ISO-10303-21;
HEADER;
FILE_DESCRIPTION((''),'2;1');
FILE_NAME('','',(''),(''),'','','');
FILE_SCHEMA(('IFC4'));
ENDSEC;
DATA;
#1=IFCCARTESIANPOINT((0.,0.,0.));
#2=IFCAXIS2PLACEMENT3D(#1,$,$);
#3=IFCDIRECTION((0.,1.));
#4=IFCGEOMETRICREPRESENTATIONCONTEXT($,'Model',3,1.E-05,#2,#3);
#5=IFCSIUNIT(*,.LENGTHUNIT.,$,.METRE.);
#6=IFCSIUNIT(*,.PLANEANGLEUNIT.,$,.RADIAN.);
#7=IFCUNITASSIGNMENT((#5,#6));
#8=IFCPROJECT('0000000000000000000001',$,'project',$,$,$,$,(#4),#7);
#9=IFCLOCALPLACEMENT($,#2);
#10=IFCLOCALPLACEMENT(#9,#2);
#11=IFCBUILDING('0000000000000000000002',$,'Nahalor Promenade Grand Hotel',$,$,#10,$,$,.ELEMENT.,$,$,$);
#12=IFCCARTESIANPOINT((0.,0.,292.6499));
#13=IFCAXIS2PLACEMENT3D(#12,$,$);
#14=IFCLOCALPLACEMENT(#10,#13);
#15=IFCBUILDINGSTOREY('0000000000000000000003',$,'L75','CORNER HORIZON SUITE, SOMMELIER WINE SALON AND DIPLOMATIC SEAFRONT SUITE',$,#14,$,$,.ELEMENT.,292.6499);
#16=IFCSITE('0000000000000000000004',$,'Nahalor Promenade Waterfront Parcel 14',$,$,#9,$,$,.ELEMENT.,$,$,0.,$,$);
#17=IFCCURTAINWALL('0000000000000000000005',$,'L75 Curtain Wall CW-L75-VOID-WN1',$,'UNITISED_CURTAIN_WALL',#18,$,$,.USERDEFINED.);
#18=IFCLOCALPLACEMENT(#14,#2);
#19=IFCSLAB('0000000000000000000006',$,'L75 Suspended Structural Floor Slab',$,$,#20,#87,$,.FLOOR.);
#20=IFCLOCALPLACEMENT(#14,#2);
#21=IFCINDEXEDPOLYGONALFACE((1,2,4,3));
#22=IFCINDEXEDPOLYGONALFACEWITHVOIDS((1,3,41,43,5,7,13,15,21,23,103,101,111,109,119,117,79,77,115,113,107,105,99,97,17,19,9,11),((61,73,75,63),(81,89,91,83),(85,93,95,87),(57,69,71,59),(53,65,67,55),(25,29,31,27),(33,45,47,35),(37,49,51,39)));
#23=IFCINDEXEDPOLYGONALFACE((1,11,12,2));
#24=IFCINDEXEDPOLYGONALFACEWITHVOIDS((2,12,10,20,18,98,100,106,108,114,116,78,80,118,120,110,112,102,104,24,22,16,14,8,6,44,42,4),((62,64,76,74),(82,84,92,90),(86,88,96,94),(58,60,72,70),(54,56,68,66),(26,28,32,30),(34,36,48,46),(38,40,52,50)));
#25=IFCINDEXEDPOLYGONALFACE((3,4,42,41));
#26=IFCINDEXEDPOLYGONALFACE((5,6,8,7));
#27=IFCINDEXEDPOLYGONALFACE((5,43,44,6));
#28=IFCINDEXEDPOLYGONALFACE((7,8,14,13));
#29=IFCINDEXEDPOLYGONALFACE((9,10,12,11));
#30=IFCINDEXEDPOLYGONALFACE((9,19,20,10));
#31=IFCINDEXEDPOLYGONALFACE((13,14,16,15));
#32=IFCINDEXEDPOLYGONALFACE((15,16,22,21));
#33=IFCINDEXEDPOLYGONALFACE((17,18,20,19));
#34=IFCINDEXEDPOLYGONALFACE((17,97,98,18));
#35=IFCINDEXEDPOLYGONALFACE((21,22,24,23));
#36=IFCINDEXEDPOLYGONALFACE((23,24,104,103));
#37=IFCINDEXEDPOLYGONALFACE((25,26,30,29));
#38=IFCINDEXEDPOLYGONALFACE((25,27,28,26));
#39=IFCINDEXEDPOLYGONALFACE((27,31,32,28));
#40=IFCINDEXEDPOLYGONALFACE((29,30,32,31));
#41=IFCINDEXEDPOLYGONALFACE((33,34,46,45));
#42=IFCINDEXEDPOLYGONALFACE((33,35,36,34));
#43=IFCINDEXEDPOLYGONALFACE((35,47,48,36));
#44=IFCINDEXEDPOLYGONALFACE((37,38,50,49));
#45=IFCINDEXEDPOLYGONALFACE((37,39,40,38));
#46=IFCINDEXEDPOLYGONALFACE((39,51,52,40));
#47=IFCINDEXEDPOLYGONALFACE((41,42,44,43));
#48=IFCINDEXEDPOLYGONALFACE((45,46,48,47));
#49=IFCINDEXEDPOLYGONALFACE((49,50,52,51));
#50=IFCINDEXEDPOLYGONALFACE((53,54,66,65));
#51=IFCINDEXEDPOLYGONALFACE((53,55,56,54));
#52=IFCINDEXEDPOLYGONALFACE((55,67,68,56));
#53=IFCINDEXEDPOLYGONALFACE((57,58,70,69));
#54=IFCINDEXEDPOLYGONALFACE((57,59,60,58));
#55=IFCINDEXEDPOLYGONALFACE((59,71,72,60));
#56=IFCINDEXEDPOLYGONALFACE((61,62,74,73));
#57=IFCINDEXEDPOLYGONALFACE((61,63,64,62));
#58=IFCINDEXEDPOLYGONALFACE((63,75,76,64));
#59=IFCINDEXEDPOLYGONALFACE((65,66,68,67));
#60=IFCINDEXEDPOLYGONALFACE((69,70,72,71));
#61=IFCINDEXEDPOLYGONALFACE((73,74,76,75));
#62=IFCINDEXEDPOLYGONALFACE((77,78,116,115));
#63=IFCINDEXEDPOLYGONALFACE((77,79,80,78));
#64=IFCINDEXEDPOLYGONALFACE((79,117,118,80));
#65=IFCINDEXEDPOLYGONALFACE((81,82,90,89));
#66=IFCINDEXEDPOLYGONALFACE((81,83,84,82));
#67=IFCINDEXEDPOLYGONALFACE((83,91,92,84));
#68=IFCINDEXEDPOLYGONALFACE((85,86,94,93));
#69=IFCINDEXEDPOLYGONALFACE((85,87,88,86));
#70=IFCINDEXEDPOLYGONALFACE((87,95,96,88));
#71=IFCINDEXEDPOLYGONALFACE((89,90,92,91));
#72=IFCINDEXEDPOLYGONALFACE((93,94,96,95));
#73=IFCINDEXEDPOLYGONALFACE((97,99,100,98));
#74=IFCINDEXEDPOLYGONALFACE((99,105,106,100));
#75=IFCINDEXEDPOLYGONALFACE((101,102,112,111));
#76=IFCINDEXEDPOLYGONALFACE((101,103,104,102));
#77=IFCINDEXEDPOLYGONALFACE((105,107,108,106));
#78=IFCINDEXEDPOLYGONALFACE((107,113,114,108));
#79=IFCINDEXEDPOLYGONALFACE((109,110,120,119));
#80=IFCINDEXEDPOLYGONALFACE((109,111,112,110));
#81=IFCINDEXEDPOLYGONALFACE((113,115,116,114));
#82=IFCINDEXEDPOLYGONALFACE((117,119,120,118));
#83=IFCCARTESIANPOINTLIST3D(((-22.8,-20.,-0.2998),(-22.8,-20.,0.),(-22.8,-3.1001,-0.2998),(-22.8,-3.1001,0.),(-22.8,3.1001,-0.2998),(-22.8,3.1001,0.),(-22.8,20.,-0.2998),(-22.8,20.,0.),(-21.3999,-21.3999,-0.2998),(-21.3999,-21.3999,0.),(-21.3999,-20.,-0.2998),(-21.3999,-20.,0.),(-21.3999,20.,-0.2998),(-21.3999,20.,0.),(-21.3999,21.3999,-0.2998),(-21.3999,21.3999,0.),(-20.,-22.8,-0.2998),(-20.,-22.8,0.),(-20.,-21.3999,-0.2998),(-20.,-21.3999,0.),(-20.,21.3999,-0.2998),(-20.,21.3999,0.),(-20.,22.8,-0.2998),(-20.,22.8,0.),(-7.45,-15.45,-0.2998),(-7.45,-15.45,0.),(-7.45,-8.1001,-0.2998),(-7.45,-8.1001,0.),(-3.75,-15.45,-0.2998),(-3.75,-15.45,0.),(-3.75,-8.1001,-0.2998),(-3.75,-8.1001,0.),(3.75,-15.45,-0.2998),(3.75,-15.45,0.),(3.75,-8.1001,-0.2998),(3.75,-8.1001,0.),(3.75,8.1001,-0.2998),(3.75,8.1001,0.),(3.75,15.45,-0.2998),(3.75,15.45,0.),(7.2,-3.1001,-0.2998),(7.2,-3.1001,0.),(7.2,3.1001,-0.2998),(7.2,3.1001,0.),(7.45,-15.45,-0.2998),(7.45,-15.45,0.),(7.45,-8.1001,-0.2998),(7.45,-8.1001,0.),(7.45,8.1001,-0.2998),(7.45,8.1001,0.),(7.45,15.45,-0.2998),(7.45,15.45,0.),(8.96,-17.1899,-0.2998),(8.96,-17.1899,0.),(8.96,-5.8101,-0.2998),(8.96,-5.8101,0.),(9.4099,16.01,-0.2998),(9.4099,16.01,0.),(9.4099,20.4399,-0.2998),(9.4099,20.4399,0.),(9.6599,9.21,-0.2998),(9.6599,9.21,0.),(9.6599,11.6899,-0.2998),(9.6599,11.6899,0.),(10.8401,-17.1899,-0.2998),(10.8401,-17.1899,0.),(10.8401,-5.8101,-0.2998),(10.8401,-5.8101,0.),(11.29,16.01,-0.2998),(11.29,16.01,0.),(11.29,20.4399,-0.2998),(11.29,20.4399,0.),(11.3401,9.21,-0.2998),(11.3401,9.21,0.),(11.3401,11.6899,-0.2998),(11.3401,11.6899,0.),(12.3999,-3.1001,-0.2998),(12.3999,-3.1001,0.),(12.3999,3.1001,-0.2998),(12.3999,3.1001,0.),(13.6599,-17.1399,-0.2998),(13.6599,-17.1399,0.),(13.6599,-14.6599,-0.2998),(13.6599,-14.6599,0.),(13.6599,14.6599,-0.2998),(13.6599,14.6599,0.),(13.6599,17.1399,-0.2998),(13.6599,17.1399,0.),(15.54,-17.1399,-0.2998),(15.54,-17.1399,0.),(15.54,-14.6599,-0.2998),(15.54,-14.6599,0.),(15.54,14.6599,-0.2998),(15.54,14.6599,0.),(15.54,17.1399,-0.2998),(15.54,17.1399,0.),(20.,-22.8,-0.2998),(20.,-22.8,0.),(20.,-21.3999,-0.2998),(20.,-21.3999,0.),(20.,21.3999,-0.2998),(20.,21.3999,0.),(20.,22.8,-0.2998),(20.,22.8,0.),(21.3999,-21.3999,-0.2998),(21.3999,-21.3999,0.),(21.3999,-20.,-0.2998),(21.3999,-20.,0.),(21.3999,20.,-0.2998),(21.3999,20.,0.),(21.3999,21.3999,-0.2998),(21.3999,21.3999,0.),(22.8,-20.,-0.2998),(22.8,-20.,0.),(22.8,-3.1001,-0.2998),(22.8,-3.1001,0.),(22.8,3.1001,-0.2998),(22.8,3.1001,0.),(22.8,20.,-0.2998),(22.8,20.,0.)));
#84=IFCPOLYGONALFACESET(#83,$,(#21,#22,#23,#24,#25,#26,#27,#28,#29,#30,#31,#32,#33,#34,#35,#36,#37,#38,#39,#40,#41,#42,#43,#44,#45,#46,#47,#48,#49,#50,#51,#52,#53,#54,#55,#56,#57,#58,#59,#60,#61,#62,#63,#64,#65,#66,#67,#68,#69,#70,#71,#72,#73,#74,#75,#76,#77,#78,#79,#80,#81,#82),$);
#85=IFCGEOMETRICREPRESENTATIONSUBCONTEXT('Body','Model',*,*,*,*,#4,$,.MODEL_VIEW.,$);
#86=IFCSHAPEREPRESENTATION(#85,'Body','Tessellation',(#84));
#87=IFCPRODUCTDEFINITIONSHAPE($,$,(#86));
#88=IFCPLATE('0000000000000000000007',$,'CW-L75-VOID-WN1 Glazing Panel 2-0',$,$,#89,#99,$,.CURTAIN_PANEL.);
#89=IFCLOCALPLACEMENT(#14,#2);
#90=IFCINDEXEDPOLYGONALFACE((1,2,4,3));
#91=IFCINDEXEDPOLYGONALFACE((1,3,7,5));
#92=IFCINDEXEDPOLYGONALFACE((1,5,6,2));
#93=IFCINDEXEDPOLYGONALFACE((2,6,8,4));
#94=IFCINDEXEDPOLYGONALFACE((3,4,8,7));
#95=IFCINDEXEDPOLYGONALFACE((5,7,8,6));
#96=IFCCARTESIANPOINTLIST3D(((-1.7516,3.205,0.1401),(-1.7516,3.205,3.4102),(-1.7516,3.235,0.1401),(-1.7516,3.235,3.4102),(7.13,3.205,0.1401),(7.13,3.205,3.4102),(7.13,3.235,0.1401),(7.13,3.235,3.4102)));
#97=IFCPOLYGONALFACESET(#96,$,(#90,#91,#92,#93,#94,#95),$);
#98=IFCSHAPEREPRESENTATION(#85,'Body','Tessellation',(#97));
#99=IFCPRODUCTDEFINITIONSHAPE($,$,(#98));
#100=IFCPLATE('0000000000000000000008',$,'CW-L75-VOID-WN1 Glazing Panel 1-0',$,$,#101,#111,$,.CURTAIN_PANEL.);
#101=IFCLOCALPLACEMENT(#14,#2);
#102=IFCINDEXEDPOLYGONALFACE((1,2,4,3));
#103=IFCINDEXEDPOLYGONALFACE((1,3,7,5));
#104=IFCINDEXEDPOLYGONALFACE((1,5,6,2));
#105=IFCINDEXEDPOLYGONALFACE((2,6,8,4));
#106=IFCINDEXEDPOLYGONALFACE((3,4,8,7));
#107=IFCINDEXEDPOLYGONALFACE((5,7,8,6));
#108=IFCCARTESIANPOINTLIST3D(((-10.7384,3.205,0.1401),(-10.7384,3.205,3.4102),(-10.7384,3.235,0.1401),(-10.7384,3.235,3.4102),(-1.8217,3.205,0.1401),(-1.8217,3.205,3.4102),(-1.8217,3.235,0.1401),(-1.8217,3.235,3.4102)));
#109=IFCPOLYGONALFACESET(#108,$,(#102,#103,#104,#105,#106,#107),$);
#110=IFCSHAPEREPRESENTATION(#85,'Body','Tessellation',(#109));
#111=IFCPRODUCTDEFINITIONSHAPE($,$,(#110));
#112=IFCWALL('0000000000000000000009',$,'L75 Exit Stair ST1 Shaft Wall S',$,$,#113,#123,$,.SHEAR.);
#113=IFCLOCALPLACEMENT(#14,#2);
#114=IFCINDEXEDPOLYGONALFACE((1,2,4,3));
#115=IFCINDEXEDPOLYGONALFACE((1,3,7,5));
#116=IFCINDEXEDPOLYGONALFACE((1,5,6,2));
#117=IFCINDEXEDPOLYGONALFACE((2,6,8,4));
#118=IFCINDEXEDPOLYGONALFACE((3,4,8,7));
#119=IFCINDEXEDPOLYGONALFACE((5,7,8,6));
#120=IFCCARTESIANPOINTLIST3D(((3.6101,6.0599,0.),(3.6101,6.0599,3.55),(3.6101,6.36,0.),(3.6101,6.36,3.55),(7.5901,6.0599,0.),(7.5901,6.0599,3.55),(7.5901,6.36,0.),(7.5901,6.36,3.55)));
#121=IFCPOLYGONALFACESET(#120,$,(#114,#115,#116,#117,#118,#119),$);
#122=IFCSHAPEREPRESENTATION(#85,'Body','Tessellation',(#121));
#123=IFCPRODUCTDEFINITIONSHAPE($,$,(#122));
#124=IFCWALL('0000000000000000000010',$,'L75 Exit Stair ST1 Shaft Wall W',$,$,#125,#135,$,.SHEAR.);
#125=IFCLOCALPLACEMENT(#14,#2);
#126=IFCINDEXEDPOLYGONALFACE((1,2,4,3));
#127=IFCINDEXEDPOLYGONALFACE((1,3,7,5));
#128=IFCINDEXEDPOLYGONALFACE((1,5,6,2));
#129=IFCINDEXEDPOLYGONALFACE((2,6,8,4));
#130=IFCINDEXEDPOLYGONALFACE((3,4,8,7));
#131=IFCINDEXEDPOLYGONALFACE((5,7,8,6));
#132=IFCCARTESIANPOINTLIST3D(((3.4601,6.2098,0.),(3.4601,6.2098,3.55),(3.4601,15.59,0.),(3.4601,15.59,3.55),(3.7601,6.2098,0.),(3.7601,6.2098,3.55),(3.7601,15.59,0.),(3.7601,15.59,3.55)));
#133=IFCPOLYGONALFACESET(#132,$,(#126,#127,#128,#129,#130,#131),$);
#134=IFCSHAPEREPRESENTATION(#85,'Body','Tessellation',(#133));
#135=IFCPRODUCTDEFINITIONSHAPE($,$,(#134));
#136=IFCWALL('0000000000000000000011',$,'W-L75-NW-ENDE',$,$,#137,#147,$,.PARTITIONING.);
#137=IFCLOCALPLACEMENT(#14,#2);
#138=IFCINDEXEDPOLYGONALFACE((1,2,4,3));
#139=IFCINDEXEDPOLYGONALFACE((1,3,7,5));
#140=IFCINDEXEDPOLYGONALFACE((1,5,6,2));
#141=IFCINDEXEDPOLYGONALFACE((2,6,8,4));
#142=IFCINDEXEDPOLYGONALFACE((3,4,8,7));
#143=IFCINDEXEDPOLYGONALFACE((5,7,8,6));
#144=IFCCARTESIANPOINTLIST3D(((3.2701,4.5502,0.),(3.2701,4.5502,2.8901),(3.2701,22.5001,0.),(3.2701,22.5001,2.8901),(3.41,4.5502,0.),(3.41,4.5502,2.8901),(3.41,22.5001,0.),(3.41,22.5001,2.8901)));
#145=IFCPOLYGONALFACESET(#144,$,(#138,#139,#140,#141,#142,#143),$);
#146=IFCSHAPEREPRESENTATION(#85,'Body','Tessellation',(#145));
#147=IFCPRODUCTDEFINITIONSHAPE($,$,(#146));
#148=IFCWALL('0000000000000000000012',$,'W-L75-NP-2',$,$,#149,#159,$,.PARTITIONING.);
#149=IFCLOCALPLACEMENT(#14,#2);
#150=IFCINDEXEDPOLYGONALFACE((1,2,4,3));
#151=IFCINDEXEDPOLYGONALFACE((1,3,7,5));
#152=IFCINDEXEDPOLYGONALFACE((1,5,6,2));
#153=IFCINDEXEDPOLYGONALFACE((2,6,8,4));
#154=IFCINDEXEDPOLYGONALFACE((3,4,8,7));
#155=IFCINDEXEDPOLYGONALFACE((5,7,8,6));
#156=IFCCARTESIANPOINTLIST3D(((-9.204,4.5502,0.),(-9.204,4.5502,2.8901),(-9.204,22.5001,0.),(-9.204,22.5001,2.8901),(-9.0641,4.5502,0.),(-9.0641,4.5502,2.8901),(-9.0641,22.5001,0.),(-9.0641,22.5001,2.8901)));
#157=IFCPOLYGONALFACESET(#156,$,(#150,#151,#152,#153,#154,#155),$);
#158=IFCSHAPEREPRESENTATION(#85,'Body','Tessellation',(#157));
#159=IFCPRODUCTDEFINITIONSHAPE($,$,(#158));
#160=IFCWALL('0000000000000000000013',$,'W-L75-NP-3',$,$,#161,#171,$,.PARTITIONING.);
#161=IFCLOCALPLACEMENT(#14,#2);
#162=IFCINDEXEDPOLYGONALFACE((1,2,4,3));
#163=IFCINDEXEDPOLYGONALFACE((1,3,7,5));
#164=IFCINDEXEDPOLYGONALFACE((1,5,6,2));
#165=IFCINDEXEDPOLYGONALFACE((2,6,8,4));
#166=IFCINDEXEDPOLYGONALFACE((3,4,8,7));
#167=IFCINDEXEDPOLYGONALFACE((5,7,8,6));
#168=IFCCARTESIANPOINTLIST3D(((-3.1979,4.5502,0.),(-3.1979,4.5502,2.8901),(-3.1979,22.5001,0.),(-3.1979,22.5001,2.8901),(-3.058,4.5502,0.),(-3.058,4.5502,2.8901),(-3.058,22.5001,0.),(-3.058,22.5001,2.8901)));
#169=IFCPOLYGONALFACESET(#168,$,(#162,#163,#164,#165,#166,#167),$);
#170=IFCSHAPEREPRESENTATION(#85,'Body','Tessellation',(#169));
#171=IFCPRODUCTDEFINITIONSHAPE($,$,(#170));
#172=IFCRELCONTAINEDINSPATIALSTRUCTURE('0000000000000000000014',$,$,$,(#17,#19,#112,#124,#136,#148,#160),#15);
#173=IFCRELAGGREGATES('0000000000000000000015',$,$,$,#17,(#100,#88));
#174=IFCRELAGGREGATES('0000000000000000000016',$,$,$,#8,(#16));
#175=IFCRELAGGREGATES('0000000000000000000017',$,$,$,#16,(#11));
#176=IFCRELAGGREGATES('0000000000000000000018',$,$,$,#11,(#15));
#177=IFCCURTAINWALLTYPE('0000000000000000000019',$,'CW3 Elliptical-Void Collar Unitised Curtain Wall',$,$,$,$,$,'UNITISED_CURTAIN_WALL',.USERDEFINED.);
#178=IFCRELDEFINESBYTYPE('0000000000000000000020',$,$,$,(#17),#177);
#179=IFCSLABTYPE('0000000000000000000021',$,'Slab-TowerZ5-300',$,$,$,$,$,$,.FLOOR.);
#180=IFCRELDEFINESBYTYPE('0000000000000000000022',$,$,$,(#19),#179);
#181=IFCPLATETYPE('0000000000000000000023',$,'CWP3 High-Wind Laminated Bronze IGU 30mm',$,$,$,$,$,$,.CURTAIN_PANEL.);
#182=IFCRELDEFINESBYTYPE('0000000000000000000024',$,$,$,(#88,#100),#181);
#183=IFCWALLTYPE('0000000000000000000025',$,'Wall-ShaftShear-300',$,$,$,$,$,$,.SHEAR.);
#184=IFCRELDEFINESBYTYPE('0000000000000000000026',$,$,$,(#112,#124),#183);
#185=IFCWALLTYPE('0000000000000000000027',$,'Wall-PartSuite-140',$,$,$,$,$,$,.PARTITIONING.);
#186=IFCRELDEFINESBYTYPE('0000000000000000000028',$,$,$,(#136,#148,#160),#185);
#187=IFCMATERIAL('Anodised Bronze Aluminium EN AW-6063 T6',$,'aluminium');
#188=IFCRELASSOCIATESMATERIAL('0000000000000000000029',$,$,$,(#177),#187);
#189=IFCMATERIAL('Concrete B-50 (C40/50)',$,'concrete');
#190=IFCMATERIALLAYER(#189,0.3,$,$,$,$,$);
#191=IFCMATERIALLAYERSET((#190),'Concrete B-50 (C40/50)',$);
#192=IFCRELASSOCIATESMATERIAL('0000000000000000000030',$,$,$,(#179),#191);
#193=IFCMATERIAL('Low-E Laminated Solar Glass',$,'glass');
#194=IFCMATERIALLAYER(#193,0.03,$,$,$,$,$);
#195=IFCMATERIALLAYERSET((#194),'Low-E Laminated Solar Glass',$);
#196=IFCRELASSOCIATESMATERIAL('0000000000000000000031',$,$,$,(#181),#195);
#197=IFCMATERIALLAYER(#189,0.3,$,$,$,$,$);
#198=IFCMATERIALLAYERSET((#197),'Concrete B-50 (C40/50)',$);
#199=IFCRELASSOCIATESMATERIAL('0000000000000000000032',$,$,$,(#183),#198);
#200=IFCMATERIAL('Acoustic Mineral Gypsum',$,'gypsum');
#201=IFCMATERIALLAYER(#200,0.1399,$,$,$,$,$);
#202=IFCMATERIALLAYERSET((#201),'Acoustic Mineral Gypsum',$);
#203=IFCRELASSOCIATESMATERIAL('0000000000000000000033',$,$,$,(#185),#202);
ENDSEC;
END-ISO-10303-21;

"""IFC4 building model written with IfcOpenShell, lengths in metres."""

from ifc_helpers import new_model, si_unit, direction, frame, frame_2d, origin, origin_2d, place, context, subcontext, project, spatial, polyline, rectangle, outline, extrude, source, transform, mapped, material, layer, layer_set, type_object, element, aggregate, save


model = new_model("IFC4")

# Units and contexts
model_context = context("Model", 3, precision=1e-05, world=origin(), true_north=direction((0.0, 1.0)))
body_context = subcontext(model_context, "Body", "Model", "MODEL_VIEW")
ifc_project = project(units=[si_unit("LENGTHUNIT", "METRE"), si_unit("PLANEANGLEUNIT", "RADIAN")], contexts=[model_context])

# Site, building, storey
site_placement = place(None, origin())
site = spatial("IfcSite", under=ifc_project, at=site_placement, Name="Nahalor Promenade Waterfront Parcel 14", CompositionType="ELEMENT", RefElevation=0.0)
building_placement = place(site_placement, origin())
building = spatial("IfcBuilding", under=site, at=building_placement, Name="Nahalor Promenade Grand Hotel", CompositionType="ELEMENT")
storey_placement = place(building_placement, frame((0.0, 0.0, 292.6499)))
storey = spatial("IfcBuildingStorey", under=building, at=storey_placement, Name="L75", Description="CORNER HORIZON SUITE, SOMMELIER WINE SALON AND DIPLOMATIC SEAFRONT SUITE", CompositionType="ELEMENT", Elevation=292.6499)

# Shared definitions
ifc_material_1 = material(Name="Concrete B-50 (C40/50)", Category="concrete")

# Curtain wall
ifc_material_2 = material(Name="Anodised Bronze Aluminium EN AW-6063 T6", Category="aluminium")
curtain_wall_type = type_object("IfcCurtainWallType", Name="CW3 Elliptical-Void Collar Unitised Curtain Wall", ElementType="UNITISED_CURTAIN_WALL", PredefinedType="USERDEFINED", material=ifc_material_2)
curtain_wall_placement = place(storey_placement, origin())
curtain_wall = element("IfcCurtainWall", 1, at=curtain_wall_placement, inside=storey, type_object=curtain_wall_type, Name="L75 Curtain Wall CW-L75-VOID-WN1", ObjectType="UNITISED_CURTAIN_WALL", PredefinedType="USERDEFINED")

# Slab
ifc_layer_1 = layer(ifc_material_1, 0.3)
ifc_layer_set_1 = layer_set([ifc_layer_1], Name="Concrete B-50 (C40/50)")
slab_type_1 = type_object("IfcSlabType", Name="Slab-TowerZ5-300", PredefinedType="FLOOR", material=ifc_layer_set_1)
slab_1_placement = place(storey_placement, frame((0.0, 0.0, -0.2998)))
element("IfcSlab", 2, at=slab_1_placement, inside=storey, type_object=slab_type_1, Name="L75 Suspended Structural Floor Slab", PredefinedType="FLOOR", context=body_context, shape_type="SweptSolid", body=[
    extrude(outline(polyline([(-20.0, -22.8), (20.0, -22.8), (20.0, -21.3999), (21.3999, -21.3999), (21.3999, -20.0), (22.8, -20.0), (22.8, -3.1001), (12.3999, -3.1001), (12.3999, 3.1001), (22.8, 3.1001), (22.8, 20.0), (21.3999, 20.0), (21.3999, 21.3999), (20.0, 21.3999), (20.0, 22.8), (-20.0, 22.8), (-20.0, 21.3999), (-21.3999, 21.3999), (-21.3999, 20.0), (-22.8, 20.0), (-22.8, 3.1001), (7.2, 3.1001), (7.2, -3.1001), (-22.8, -3.1001), (-22.8, -20.0), (-21.3999, -20.0), (-21.3999, -21.3999), (-20.0, -21.3999), (-20.0, -22.8)]), holes=[polyline([(3.75, 8.1001), (7.45, 8.1001), (7.45, 15.45), (3.75, 15.45), (3.75, 8.1001)]), polyline([(3.75, -15.45), (7.45, -15.45), (7.45, -8.1001), (3.75, -8.1001), (3.75, -15.45)]), polyline([(-7.45, -15.45), (-3.75, -15.45), (-3.75, -8.1001), (-7.45, -8.1001), (-7.45, -15.45)]), polyline([(8.96, -17.1899), (10.8401, -17.1899), (10.8401, -5.8101), (8.96, -5.8101), (8.96, -17.1899)]), polyline([(9.4099, 16.01), (11.29, 16.01), (11.29, 20.4399), (9.4099, 20.4399), (9.4099, 16.01)]), polyline([(9.6599, 9.21), (11.3401, 9.21), (11.3401, 11.6899), (9.6599, 11.6899), (9.6599, 9.21)]), polyline([(13.6599, 14.6599), (15.54, 14.6599), (15.54, 17.1399), (13.6599, 17.1399), (13.6599, 14.6599)]), polyline([(13.6599, -17.1399), (15.54, -17.1399), (15.54, -14.6599), (13.6599, -14.6599), (13.6599, -17.1399)])]), origin(), (0.0, 0.0, 1.0), 0.2998),
])

# Plates
ifc_material_3 = material(Name="Low-E Laminated Solar Glass", Category="glass")
ifc_layer_2 = layer(ifc_material_3, 0.03)
ifc_layer_set_2 = layer_set([ifc_layer_2], Name="Low-E Laminated Solar Glass")
plate_type = type_object("IfcPlateType", Name="CWP3 High-Wind Laminated Bronze IGU 30mm", PredefinedType="CURTAIN_PANEL", material=ifc_layer_set_2)
shared_shape_1 = source(origin(), body_context, "Body", "SweptSolid", [
    extrude(rectangle(XDim=8.8816, YDim=0.03, at=origin_2d()), origin(), (0.0, 0.0, 1.0), 3.27),
])
plate_1_placement = place(storey_placement, frame((2.6892, 3.22, 0.1401), z_axis=(0.0, 0.0, 1.0), x_axis=(1.0, 0.0, 0.0)))
plate_1 = element("IfcPlate", 3, at=plate_1_placement, type_object=plate_type, Name="CW-L75-VOID-WN1 Glazing Panel 2-0", PredefinedType="CURTAIN_PANEL", context=body_context, shape_type="MappedRepresentation", body=[
    mapped(shared_shape_1, transform((0.0, 0.0, 0.0), scale=1.0)),
])
shared_shape_2 = source(origin(), body_context, "Body", "SweptSolid", [
    extrude(rectangle(XDim=8.9167, YDim=0.03, at=origin_2d()), origin(), (0.0, 0.0, 1.0), 3.27),
])
plate_2_placement = place(storey_placement, frame((-6.28, 3.22, 0.1401), z_axis=(0.0, 0.0, 1.0), x_axis=(1.0, 0.0, 0.0)))
plate_2 = element("IfcPlate", 4, at=plate_2_placement, type_object=plate_type, Name="CW-L75-VOID-WN1 Glazing Panel 1-0", PredefinedType="CURTAIN_PANEL", context=body_context, shape_type="MappedRepresentation", body=[
    mapped(shared_shape_2, transform((0.0, 0.0, 0.0), scale=1.0)),
])
aggregate(curtain_wall, [plate_2, plate_1])

# Walls
ifc_layer_3 = layer(ifc_material_1, 0.3)
ifc_layer_set_3 = layer_set([ifc_layer_3], Name="Concrete B-50 (C40/50)")
wall_type_1 = type_object("IfcWallType", Name="Wall-ShaftShear-300", PredefinedType="SHEAR", material=ifc_layer_set_3)
shared_shape_3 = source(origin(), body_context, "Body", "SweptSolid", [
    extrude(rectangle(XDim=3.98, YDim=0.3, at=frame_2d((1.99, 0.0))), origin(), (0.0, 0.0, 1.0), 3.55),
])
wall_1_placement = place(storey_placement, frame((3.6101, 6.21, 0.0), z_axis=(0.0, 0.0, 1.0), x_axis=(1.0, 0.0, 0.0)))
element("IfcWall", 5, at=wall_1_placement, inside=storey, type_object=wall_type_1, Name="L75 Exit Stair ST1 Shaft Wall S", PredefinedType="SHEAR", context=body_context, shape_type="MappedRepresentation", body=[
    mapped(shared_shape_3, transform((0.0, 0.0, 0.0), scale=1.0)),
])
shared_shape_4 = source(origin(), body_context, "Body", "SweptSolid", [
    extrude(rectangle(XDim=9.3801, YDim=0.3, at=frame_2d((4.6899, 0.0))), origin(), (0.0, 0.0, 1.0), 3.55),
])
wall_2_placement = place(storey_placement, frame((3.6101, 6.21, 0.0), z_axis=(0.0, 0.0, 1.0), x_axis=(0.0, 1.0, 0.0)))
element("IfcWall", 6, at=wall_2_placement, inside=storey, type_object=wall_type_1, Name="L75 Exit Stair ST1 Shaft Wall W", PredefinedType="SHEAR", context=body_context, shape_type="MappedRepresentation", body=[
    mapped(shared_shape_4, transform((0.0, 0.0, 0.0), scale=1.0)),
])
ifc_material_4 = material(Name="Acoustic Mineral Gypsum", Category="gypsum")
ifc_layer_4 = layer(ifc_material_4, 0.1399)
ifc_layer_set_4 = layer_set([ifc_layer_4], Name="Acoustic Mineral Gypsum")
wall_type_2 = type_object("IfcWallType", Name="Wall-PartSuite-140", PredefinedType="PARTITIONING", material=ifc_layer_set_4)
shared_shape_5 = source(origin(), body_context, "Body", "SweptSolid", [
    extrude(rectangle(XDim=17.95, YDim=0.1399, at=frame_2d((8.9751, 0.0))), origin(), (0.0, 0.0, 1.0), 2.8901),
])
for number, where, z_axis, x_axis, name in (
    (7, (3.3401, 4.55, 0.0), (0.0, 0.0, 1.0), (0.0, 1.0, 0.0), "W-L75-NW-ENDE"),
    (8, (-9.134, 4.55, 0.0), (0.0, 0.0, 1.0), (0.0, 1.0, 0.0), "W-L75-NP-2"),
    (9, (-3.1279, 4.55, 0.0), (0.0, 0.0, 1.0), (0.0, 1.0, 0.0), "W-L75-NP-3"),
):
    element("IfcWall", number, at=place(storey_placement, frame(where, z_axis=z_axis, x_axis=x_axis)), inside=storey, type_object=wall_type_2, Name=name, PredefinedType="PARTITIONING", context=body_context, shape_type="MappedRepresentation", body=[
        mapped(shared_shape_5, transform((0.0, 0.0, 0.0), scale=1.0)),
    ])

save(model, "model.ifc")
